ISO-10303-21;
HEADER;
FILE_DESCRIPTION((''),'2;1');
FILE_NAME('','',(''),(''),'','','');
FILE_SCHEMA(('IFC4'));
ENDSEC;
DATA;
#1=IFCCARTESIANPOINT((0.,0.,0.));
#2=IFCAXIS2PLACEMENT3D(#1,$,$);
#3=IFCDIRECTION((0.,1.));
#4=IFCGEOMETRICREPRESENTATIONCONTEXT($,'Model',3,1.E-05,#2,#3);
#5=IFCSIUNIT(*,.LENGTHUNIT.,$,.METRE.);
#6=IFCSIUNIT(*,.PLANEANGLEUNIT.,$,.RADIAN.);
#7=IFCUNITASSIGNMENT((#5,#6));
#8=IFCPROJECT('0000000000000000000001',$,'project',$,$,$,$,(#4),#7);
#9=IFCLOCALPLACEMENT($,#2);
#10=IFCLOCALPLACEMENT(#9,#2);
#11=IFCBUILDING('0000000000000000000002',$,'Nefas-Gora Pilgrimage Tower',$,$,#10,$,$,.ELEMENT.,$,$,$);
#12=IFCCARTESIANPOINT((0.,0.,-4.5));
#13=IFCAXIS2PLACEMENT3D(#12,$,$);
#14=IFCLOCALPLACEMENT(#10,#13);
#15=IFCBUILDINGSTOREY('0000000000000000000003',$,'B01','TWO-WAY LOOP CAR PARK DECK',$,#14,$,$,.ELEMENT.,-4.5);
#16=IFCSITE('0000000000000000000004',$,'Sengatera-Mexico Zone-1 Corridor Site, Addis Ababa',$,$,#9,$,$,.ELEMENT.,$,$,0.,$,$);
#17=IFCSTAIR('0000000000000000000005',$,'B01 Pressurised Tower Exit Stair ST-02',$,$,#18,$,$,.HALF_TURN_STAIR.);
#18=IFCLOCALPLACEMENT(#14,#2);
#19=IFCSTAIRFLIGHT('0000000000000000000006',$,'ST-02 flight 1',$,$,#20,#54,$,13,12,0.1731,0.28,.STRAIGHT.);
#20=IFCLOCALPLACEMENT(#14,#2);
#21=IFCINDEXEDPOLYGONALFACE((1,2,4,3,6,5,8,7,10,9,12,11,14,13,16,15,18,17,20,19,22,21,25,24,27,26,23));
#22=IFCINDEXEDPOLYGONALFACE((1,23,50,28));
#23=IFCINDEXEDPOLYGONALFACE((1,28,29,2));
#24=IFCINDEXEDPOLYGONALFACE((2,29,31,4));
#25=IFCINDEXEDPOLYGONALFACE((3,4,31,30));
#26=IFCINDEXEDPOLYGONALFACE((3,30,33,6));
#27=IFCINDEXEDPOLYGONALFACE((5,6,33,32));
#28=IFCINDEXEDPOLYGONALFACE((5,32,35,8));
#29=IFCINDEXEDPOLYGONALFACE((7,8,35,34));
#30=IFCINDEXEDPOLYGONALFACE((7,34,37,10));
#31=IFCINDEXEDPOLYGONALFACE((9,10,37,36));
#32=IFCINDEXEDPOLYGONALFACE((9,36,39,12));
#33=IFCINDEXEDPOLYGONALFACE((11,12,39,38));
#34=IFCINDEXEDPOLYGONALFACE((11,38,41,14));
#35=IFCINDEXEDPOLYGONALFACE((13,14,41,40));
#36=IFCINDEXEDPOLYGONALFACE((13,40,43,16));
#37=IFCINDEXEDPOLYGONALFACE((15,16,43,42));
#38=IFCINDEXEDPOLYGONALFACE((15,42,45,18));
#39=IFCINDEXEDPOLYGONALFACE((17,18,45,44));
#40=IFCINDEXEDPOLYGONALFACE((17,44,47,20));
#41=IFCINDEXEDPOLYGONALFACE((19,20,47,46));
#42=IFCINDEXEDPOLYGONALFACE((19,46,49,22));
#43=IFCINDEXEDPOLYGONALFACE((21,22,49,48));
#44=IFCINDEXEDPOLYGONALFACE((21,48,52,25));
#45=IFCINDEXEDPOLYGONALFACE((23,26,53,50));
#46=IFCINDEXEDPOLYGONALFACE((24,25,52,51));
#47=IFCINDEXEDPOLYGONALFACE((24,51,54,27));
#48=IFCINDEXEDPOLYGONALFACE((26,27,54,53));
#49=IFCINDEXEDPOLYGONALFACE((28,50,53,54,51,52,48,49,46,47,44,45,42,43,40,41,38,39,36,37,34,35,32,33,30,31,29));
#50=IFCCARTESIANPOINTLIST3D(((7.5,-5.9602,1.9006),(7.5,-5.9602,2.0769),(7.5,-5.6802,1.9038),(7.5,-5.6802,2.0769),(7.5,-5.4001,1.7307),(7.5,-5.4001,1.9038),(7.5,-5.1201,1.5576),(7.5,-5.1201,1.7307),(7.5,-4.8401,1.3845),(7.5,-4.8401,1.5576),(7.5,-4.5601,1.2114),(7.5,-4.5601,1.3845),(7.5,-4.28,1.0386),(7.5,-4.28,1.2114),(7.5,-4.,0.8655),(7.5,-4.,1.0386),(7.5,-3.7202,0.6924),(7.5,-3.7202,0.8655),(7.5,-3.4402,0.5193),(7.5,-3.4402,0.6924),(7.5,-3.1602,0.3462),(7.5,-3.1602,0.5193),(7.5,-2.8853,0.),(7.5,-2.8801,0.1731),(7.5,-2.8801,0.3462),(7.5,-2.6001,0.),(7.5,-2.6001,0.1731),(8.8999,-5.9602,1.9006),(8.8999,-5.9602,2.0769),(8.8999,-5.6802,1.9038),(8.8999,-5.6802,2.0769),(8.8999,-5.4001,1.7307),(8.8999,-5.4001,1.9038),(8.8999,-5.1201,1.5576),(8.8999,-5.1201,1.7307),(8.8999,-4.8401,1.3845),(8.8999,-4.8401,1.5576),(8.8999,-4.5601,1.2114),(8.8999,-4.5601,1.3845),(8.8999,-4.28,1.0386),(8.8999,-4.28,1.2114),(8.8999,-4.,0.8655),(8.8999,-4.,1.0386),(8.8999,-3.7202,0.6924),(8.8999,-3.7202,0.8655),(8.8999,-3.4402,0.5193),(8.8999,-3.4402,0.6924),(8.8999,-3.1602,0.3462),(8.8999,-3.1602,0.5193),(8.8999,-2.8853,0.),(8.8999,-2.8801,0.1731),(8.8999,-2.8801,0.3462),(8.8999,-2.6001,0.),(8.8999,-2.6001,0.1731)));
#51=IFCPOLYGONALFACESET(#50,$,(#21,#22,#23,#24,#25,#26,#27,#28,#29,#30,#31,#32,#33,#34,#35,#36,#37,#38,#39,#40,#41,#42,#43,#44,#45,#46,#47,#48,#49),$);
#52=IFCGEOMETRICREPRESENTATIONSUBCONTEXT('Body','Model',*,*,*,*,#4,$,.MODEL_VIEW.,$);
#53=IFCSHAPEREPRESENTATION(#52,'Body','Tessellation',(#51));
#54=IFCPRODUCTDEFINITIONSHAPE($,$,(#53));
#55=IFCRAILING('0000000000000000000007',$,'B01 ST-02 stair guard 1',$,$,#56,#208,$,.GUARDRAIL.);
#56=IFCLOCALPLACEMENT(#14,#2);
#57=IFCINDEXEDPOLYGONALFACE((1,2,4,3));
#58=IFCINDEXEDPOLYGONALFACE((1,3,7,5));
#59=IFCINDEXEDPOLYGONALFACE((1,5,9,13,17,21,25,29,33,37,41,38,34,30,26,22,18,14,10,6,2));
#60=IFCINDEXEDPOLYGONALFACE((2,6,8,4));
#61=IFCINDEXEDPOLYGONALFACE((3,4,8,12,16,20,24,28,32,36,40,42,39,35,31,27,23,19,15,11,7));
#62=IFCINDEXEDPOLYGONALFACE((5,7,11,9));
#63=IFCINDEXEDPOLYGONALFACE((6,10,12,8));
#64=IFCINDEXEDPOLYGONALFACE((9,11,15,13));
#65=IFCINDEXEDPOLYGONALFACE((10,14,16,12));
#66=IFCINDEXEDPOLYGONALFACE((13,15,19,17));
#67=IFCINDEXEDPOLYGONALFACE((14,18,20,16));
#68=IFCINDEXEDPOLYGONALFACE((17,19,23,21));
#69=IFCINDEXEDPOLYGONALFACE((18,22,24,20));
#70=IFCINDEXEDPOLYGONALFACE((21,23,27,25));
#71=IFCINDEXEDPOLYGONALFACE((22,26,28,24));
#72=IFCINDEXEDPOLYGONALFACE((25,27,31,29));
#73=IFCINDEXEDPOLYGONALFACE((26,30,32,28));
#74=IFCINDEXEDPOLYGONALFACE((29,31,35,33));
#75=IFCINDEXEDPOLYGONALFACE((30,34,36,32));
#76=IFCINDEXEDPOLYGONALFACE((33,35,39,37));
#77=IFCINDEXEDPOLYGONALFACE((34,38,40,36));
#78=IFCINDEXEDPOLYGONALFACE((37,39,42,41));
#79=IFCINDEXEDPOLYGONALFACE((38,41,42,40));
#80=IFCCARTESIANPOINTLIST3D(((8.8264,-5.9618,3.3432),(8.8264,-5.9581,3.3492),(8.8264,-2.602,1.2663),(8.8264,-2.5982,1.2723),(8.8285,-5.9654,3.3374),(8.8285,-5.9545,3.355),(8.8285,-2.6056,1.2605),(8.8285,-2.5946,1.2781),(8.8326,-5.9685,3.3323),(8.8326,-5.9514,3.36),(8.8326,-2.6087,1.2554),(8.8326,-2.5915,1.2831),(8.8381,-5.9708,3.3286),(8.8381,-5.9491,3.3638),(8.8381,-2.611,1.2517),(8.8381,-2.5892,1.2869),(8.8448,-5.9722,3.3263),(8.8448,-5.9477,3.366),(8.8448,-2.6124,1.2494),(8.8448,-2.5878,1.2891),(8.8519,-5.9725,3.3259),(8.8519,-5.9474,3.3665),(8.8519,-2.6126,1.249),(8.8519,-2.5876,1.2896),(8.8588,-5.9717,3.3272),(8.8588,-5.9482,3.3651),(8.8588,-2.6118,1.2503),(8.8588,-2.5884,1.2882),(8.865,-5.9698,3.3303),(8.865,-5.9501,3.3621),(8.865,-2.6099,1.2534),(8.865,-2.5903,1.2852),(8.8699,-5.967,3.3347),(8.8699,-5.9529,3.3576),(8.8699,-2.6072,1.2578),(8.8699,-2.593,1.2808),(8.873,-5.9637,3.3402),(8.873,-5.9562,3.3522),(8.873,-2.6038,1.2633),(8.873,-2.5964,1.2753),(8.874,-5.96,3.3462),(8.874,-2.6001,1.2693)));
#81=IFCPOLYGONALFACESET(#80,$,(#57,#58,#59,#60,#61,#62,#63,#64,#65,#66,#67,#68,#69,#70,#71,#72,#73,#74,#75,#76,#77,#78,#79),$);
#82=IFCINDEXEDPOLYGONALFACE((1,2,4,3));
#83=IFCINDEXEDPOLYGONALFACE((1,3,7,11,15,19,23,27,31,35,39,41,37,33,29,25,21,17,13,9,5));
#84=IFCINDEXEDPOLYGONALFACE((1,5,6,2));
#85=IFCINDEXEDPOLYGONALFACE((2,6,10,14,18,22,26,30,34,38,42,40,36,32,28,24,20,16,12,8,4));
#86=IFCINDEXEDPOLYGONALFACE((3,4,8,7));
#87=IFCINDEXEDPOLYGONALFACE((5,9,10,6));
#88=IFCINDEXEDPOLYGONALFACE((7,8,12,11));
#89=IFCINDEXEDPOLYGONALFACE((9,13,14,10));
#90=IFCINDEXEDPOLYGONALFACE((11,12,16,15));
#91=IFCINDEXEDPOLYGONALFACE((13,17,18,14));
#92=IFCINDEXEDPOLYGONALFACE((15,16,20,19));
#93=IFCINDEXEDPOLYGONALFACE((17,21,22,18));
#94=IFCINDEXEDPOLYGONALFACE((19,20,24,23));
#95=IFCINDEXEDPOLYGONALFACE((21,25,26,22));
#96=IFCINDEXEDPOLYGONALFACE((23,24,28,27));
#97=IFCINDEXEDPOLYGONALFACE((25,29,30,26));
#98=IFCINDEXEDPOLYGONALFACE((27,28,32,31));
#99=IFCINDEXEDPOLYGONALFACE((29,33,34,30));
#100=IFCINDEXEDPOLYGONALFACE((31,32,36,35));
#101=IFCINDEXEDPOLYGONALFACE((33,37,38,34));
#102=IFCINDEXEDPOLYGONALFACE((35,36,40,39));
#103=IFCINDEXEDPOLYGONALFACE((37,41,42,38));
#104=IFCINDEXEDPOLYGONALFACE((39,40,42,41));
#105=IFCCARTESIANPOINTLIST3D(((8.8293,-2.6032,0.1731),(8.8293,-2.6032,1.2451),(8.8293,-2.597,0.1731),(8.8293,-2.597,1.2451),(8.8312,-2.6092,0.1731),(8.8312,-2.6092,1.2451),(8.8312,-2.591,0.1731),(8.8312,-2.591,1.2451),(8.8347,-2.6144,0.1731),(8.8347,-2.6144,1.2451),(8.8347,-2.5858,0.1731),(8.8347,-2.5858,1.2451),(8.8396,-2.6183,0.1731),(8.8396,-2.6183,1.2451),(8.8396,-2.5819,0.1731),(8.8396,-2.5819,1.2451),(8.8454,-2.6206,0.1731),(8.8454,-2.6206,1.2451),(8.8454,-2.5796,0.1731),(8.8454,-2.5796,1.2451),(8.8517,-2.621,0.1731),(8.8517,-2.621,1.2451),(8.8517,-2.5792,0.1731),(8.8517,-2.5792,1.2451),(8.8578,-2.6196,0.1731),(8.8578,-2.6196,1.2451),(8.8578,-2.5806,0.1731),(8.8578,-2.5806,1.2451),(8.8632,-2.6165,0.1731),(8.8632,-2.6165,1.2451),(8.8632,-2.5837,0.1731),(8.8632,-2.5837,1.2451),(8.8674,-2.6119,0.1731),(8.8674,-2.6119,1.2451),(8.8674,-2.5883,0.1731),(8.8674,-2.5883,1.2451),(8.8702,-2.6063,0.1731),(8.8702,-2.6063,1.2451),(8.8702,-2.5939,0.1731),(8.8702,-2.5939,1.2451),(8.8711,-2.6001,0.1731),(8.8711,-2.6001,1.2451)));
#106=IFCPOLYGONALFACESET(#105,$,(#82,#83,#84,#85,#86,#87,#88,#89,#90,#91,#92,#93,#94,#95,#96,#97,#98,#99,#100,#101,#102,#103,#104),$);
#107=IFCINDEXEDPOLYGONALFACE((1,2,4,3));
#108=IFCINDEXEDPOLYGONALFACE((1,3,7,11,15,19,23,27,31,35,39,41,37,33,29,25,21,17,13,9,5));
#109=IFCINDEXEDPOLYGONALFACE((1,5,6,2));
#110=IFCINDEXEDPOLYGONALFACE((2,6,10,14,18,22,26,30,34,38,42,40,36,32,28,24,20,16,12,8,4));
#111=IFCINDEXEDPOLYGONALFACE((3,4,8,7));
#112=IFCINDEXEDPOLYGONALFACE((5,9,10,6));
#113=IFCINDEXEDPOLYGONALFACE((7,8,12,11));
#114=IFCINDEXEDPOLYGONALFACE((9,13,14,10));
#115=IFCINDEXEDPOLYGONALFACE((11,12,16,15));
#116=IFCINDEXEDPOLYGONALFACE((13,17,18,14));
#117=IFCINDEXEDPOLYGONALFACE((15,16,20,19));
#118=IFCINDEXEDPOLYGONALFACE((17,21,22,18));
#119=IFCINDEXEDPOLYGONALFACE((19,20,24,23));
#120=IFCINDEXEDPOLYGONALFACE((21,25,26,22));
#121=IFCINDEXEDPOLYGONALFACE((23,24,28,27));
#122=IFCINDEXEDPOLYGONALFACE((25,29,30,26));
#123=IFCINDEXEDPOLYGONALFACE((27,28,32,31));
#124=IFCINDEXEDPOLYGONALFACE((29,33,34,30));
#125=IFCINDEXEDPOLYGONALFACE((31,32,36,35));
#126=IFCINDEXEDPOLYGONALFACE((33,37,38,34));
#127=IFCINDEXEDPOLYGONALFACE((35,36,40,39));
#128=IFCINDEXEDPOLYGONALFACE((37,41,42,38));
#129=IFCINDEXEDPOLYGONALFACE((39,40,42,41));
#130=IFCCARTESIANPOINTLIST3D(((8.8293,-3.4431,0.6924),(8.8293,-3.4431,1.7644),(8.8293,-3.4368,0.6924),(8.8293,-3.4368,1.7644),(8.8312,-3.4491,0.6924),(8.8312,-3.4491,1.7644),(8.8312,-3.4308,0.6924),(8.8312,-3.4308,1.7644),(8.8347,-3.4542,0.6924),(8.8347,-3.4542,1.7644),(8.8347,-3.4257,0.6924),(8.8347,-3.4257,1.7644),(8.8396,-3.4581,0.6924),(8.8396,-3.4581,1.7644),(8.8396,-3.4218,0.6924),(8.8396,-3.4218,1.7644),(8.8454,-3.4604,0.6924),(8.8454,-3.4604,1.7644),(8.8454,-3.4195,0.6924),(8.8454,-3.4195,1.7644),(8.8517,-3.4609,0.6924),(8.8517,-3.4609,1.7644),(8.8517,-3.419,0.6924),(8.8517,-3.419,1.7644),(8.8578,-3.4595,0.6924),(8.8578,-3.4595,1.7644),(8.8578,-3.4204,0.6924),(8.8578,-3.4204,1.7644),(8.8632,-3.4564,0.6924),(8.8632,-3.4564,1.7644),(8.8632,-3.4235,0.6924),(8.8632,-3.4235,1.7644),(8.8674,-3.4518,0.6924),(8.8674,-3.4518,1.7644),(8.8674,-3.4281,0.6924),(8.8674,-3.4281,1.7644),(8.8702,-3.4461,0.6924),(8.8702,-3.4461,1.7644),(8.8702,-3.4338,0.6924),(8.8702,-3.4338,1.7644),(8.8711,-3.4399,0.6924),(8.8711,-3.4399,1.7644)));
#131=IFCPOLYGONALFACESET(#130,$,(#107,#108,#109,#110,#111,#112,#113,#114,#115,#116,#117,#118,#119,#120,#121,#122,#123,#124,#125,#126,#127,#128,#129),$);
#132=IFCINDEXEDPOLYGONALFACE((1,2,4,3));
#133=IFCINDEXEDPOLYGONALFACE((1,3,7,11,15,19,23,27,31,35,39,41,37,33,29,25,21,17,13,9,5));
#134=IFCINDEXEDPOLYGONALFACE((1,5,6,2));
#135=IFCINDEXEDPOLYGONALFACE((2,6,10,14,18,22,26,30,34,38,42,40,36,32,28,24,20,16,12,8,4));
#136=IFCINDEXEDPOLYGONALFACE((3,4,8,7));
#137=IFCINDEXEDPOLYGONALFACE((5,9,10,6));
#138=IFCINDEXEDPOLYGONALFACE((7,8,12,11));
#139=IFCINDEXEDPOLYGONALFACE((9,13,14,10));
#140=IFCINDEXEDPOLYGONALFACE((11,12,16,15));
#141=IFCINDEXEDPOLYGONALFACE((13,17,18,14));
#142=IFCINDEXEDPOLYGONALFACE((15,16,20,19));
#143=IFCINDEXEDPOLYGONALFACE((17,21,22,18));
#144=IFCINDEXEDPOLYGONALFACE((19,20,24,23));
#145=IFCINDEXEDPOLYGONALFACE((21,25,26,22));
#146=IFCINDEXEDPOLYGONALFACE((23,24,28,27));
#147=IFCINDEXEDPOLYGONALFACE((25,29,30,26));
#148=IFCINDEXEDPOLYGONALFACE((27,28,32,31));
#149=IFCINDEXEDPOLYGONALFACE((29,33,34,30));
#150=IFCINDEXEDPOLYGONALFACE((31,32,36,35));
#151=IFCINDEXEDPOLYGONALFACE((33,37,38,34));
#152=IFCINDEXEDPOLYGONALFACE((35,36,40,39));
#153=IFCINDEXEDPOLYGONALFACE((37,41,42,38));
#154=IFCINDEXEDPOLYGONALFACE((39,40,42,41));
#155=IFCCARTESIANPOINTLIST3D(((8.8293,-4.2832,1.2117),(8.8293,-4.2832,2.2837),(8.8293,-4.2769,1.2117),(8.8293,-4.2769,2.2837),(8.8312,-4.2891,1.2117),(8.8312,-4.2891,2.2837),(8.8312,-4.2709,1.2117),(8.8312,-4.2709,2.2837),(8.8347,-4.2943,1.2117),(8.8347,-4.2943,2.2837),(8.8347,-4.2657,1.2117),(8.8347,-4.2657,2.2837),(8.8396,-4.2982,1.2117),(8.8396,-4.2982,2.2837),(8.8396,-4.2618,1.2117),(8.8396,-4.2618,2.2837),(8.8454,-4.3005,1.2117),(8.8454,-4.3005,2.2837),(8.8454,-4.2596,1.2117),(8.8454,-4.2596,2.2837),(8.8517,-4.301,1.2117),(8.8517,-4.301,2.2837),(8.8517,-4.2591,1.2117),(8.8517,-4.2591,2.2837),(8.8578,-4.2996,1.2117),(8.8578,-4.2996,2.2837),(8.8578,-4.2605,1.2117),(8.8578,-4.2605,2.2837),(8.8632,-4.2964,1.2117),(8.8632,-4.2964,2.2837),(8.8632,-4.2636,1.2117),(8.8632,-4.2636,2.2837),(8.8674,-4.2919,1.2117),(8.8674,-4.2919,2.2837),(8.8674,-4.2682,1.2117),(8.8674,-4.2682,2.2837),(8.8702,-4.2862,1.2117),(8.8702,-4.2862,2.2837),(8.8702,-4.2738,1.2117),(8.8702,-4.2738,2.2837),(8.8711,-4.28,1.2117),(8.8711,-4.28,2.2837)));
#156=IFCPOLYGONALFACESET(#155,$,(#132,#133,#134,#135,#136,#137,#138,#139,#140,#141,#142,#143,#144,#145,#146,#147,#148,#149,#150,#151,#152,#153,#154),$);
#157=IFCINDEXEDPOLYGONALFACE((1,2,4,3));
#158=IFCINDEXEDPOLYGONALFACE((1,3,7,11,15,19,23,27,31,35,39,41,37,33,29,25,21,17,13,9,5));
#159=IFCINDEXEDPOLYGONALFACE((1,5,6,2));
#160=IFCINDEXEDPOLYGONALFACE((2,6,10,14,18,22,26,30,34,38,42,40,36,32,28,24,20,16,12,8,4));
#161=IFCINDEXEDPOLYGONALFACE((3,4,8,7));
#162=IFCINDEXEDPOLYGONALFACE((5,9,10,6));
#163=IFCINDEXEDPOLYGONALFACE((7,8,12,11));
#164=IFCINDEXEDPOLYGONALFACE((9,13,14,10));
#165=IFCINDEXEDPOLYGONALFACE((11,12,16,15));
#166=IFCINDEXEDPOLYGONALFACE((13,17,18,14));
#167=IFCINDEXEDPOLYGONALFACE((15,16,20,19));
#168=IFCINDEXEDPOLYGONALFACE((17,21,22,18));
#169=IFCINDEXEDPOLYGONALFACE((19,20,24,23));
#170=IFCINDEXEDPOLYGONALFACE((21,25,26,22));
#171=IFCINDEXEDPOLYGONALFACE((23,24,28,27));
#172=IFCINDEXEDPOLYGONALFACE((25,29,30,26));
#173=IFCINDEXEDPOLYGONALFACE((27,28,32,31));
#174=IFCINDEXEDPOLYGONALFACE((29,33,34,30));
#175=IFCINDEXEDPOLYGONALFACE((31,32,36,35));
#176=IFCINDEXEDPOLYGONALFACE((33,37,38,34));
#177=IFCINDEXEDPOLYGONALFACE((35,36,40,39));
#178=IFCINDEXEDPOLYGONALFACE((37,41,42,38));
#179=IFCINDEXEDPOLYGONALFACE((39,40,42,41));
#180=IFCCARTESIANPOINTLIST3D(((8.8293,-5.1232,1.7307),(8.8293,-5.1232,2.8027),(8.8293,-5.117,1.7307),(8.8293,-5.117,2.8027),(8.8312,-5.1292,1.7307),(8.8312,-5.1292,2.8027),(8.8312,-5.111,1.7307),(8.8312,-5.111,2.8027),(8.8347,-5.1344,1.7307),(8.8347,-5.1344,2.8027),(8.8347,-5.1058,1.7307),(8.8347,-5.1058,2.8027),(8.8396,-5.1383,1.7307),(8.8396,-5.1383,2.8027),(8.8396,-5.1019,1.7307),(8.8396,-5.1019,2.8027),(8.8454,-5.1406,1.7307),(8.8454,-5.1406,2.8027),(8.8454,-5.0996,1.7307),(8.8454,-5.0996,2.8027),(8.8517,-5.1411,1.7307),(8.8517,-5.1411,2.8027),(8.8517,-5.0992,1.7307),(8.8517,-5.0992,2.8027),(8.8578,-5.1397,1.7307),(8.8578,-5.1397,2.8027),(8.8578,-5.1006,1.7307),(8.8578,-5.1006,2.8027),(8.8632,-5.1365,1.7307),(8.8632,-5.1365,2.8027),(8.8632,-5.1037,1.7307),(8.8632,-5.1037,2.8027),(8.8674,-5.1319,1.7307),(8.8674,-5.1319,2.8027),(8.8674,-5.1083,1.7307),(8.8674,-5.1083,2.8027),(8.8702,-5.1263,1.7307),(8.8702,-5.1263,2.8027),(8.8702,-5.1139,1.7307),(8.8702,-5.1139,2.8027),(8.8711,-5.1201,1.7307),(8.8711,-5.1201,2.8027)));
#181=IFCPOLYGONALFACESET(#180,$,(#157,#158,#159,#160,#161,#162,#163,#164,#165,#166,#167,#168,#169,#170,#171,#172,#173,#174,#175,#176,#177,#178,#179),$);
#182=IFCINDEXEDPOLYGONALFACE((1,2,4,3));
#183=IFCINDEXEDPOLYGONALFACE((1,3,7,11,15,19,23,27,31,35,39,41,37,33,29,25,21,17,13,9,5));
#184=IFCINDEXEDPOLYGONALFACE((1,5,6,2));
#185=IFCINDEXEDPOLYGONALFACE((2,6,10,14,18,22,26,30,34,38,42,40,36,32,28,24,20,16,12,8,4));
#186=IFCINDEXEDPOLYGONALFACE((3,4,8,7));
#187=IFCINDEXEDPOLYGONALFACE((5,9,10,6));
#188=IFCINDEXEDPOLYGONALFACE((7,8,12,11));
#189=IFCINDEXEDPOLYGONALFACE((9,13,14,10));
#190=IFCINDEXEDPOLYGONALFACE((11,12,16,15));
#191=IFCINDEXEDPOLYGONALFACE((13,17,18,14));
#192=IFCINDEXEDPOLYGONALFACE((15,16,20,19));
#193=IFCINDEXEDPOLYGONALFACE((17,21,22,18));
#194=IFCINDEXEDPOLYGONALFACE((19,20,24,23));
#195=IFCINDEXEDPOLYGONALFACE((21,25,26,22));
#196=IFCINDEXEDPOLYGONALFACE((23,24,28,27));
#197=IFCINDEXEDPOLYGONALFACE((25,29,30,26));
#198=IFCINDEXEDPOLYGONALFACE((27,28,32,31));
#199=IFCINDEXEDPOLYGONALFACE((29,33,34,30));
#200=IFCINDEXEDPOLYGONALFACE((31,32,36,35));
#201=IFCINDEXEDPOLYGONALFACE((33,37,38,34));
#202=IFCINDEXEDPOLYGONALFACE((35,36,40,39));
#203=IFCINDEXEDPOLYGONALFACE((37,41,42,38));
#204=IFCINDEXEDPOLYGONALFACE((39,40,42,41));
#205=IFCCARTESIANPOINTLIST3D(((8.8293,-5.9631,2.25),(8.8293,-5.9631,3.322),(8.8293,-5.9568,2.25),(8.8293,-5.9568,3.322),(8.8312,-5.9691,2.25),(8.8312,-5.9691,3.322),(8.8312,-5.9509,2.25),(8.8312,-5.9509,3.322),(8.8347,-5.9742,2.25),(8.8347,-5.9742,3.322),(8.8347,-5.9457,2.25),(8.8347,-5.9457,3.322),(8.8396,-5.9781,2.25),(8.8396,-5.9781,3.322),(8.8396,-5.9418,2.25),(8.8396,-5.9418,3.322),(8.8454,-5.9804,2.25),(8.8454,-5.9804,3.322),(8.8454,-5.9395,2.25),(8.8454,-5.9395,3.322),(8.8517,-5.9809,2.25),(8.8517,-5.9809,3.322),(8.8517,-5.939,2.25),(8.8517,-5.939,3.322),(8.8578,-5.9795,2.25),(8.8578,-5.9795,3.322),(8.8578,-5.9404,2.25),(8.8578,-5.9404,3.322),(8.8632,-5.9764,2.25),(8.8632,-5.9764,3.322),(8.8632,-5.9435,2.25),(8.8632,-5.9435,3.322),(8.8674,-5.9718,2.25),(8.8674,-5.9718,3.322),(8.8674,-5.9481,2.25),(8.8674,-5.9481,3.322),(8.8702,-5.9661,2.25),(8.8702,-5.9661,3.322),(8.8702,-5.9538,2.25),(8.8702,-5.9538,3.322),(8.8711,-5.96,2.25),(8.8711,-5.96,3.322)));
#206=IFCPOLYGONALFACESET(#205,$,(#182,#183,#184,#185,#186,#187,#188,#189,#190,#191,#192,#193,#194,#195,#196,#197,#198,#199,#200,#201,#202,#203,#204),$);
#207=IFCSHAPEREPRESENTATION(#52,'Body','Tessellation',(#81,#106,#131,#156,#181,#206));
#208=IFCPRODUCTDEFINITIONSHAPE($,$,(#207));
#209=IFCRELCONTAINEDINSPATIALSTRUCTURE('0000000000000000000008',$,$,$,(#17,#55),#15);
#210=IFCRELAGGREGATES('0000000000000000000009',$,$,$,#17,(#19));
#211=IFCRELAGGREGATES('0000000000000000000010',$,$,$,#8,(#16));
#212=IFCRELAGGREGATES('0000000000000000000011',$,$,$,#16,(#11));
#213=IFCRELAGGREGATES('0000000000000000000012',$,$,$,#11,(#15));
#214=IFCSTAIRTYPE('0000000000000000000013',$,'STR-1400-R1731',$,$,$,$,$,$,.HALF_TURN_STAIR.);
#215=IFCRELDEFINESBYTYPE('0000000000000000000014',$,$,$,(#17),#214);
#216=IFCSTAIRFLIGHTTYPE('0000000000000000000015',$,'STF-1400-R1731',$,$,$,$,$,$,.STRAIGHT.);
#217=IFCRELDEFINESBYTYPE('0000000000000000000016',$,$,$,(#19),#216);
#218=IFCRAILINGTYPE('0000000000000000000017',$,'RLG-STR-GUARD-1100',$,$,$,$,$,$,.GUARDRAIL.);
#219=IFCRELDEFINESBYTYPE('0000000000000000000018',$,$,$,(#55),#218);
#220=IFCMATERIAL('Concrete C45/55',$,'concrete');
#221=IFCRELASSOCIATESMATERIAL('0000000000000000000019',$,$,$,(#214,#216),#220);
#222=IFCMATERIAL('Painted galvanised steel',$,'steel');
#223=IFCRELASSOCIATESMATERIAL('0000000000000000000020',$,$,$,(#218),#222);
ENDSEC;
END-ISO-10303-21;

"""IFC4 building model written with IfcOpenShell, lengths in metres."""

from ifc_helpers import new_model, si_unit, direction, frame, origin, origin_2d, place, context, subcontext, project, spatial, polyline, circle, outline, extrude, source, transform, mapped, material, type_object, element, aggregate, save


model = new_model("IFC4")

# Units and contexts
model_context = context("Model", 3, precision=1e-05, world=origin(), true_north=direction((0.0, 1.0)))
body_context = subcontext(model_context, "Body", "Model", "MODEL_VIEW")
ifc_project = project(units=[si_unit("LENGTHUNIT", "METRE"), si_unit("PLANEANGLEUNIT", "RADIAN")], contexts=[model_context])

# Site, building, storey
site_placement = place(None, origin())
site = spatial("IfcSite", under=ifc_project, at=site_placement, Name="Sengatera-Mexico Zone-1 Corridor Site, Addis Ababa", CompositionType="ELEMENT", RefElevation=0.0)
building_placement = place(site_placement, origin())
building = spatial("IfcBuilding", under=site, at=building_placement, Name="Nefas-Gora Pilgrimage Tower", CompositionType="ELEMENT")
storey_placement = place(building_placement, frame((0.0, 0.0, -4.5)))
storey = spatial("IfcBuildingStorey", under=building, at=storey_placement, Name="B01", Description="TWO-WAY LOOP CAR PARK DECK", CompositionType="ELEMENT", Elevation=-4.5)

# Shared definitions
ifc_material_1 = material(Name="Concrete C45/55", Category="concrete")

# Stair, stair flight
stair_type = type_object("IfcStairType", Name="STR-1400-R1731", PredefinedType="HALF_TURN_STAIR", material=ifc_material_1)
stair_placement = place(storey_placement, origin())
stair = element("IfcStair", 1, at=stair_placement, inside=storey, type_object=stair_type, Name="B01 Pressurised Tower Exit Stair ST-02", PredefinedType="HALF_TURN_STAIR")
stair_flight_type = type_object("IfcStairFlightType", Name="STF-1400-R1731", PredefinedType="STRAIGHT", material=ifc_material_1)
shared_shape_1 = source(origin(), body_context, "Body", "SweptSolid", [
    extrude(outline(polyline([(0.0, 0.0), (0.0, 0.1731), (0.28, 0.1731), (0.28, 0.3462), (0.5601, 0.3462), (0.5601, 0.5193), (0.8401, 0.5193), (0.8401, 0.6924), (1.1201, 0.6924), (1.1201, 0.8655), (1.3999, 0.8655), (1.3999, 1.0386), (1.6799, 1.0386), (1.6799, 1.2114), (1.96, 1.2114), (1.96, 1.3845), (2.24, 1.3845), (2.24, 1.5576), (2.52, 1.5576), (2.52, 1.7307), (2.8, 1.7307), (2.8, 1.9038), (3.0801, 1.9038), (3.0801, 2.0769), (3.3601, 2.0769), (3.3601, 2.25), (3.3601, 1.9006), (0.2852, 0.0), (0.0, 0.0)])), frame((0.0, 0.7, 0.0), z_axis=(0.0, -1.0, 0.0), x_axis=(1.0, 0.0, 0.0)), (0.0, 0.0, 1.0), 1.3999),
])
stair_flight_placement = place(storey_placement, frame((8.2, -2.6001, 0.0), z_axis=(0.0, 0.0, 1.0), x_axis=(0.0, -1.0, 0.0)))
stair_flight = element("IfcStairFlight", 2, at=stair_flight_placement, type_object=stair_flight_type, Name="ST-02 flight 1", NumberOfRisers=13, NumberOfTreads=12, PredefinedType="STRAIGHT", RiserHeight=0.1731, TreadLength=0.28, context=body_context, shape_type="MappedRepresentation", body=[
    mapped(shared_shape_1, transform((0.0, 0.0, 0.0), x_axis=(1.0, 0.0, 0.0), y_axis=(0.0, 1.0, 0.0), z_axis=(0.0, 0.0, 1.0), scale=1.0)),
])
aggregate(stair, [stair_flight])

# Railing
ifc_material_2 = material(Name="Painted galvanised steel", Category="steel")
railing_type = type_object("IfcRailingType", Name="RLG-STR-GUARD-1100", PredefinedType="GUARDRAIL", material=ifc_material_2)
railing_1_placement = place(storey_placement, frame((8.8501, -2.6001, 0.1731)))
element("IfcRailing", 3, at=railing_1_placement, inside=storey, type_object=railing_type, Name="B01 ST-02 stair guard 1", PredefinedType="GUARDRAIL", context=body_context, shape_type="SweptSolid", body=[
    extrude(circle(Radius=0.0239, at=origin_2d()), frame((0.0, 0.0, 1.0962), z_axis=(0.0, -0.850606, 0.525803), x_axis=(1.0, 0.0, 0.0)), (0.0, 0.0, 1.0), 3.95),
    extrude(circle(Radius=0.021, at=origin_2d()), origin(), (0.0, 0.0, 1.0), 1.072),
    extrude(circle(Radius=0.021, at=origin_2d()), frame((0.0, -0.8398, 0.5193)), (0.0, 0.0, 1.0), 1.072),
    extrude(circle(Radius=0.021, at=origin_2d()), frame((0.0, -1.6799, 1.0386)), (0.0, 0.0, 1.0), 1.072),
    extrude(circle(Radius=0.021, at=origin_2d()), frame((0.0, -2.52, 1.5576)), (0.0, 0.0, 1.0), 1.072),
    extrude(circle(Radius=0.021, at=origin_2d()), frame((0.0, -3.3599, 2.0769)), (0.0, 0.0, 1.0), 1.072),
])

save(model, "model.ifc")
